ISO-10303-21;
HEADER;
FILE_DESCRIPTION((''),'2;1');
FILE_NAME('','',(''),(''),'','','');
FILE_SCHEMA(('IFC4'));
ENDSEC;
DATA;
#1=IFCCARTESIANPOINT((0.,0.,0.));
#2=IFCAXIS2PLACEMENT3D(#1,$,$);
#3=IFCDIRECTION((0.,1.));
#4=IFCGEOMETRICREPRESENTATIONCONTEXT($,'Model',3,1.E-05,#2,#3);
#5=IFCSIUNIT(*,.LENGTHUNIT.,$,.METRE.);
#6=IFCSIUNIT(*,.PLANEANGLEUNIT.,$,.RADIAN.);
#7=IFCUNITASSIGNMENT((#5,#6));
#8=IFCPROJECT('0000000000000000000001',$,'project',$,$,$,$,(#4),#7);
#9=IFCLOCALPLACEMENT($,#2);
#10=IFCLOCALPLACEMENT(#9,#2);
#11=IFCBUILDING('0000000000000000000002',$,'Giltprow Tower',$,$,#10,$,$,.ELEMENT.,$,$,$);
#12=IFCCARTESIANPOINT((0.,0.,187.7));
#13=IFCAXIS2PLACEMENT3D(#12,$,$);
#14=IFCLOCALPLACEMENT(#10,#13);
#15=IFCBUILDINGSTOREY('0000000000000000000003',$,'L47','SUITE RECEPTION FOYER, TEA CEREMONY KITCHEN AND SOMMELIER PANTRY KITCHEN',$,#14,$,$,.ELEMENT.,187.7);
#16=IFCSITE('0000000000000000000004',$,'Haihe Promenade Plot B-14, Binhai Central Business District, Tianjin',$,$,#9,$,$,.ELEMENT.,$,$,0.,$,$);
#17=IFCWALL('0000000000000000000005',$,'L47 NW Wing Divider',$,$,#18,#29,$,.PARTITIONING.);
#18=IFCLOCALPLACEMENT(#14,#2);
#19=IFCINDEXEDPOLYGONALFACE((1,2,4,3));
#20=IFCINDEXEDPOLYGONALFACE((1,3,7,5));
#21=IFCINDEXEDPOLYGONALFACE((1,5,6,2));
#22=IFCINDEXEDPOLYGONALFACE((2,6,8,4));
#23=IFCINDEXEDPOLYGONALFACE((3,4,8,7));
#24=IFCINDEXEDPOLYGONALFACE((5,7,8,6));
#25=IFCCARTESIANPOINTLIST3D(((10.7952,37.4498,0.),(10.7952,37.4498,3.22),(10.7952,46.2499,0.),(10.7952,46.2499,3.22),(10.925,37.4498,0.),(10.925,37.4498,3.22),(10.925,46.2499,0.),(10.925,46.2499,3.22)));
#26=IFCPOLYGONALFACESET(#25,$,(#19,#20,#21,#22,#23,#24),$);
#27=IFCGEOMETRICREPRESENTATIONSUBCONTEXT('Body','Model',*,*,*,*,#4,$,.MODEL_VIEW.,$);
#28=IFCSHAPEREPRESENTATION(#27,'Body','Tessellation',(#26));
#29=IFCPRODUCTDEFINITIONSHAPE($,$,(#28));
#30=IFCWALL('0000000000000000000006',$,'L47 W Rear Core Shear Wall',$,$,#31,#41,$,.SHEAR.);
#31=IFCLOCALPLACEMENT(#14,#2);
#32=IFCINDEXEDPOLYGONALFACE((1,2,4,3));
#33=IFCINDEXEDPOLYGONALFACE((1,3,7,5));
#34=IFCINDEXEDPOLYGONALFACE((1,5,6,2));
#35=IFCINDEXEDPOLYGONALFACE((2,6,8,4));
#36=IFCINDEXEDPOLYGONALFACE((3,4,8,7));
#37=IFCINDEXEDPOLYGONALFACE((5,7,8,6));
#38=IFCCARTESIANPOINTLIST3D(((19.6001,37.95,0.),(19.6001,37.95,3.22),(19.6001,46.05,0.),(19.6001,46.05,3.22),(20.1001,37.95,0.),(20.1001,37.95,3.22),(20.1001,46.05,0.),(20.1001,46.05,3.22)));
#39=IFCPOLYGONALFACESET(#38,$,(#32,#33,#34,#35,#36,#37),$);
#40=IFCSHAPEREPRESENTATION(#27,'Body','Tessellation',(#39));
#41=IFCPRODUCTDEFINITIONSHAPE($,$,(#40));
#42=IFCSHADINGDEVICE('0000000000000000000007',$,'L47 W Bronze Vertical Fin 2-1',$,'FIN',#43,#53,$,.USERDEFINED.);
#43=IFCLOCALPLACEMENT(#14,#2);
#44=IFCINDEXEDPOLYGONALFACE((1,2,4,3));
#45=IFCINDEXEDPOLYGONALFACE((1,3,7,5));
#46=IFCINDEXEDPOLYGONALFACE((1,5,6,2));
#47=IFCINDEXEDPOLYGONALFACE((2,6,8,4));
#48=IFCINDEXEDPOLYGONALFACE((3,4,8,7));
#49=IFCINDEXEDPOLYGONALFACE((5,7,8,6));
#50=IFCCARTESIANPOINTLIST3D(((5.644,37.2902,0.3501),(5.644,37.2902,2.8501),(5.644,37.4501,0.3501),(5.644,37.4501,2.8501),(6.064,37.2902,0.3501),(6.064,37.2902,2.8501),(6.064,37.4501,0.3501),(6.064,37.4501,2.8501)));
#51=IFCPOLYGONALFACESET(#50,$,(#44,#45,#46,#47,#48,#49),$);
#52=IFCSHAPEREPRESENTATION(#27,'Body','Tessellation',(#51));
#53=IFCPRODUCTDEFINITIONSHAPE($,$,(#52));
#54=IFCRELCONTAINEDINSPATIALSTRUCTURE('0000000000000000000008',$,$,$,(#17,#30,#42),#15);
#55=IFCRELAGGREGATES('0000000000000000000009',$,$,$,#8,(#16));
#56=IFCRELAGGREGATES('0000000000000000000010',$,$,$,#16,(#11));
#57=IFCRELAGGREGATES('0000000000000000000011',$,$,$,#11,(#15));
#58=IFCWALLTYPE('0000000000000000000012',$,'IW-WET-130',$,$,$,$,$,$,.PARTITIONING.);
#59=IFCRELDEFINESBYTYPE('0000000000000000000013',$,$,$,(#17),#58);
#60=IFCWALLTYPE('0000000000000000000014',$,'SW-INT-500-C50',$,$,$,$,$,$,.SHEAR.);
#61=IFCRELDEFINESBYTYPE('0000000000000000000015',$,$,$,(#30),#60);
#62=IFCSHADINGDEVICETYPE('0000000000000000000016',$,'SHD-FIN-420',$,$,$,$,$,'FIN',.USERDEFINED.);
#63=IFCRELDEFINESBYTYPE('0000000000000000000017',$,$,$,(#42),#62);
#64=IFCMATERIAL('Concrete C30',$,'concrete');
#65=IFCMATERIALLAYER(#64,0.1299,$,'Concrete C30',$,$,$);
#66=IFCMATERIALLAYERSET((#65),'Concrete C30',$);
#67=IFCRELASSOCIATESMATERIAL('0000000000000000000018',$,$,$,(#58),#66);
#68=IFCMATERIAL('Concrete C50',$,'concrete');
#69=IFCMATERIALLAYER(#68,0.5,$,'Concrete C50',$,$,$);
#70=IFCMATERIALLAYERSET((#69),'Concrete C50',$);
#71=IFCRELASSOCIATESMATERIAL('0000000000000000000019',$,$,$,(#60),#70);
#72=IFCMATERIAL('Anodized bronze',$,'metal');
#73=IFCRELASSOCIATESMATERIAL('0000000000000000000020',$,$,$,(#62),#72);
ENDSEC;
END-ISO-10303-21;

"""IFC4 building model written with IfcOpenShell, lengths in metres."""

from ifc_helpers import new_model, si_unit, direction, frame, frame_2d, origin, origin_2d, place, context, subcontext, project, spatial, rectangle, extrude, source, transform, mapped, material, layer, layer_set, type_object, element, save


model = new_model("IFC4")

# Units and contexts
model_context = context("Model", 3, precision=1e-05, world=origin(), true_north=direction((0.0, 1.0)))
body_context = subcontext(model_context, "Body", "Model", "MODEL_VIEW")
ifc_project = project(units=[si_unit("LENGTHUNIT", "METRE"), si_unit("PLANEANGLEUNIT", "RADIAN")], contexts=[model_context])

# Site, building, storey
site_placement = place(None, origin())
site = spatial("IfcSite", under=ifc_project, at=site_placement, Name="Haihe Promenade Plot B-14, Binhai Central Business District, Tianjin", CompositionType="ELEMENT", RefElevation=0.0)
building_placement = place(site_placement, origin())
building = spatial("IfcBuilding", under=site, at=building_placement, Name="Giltprow Tower", CompositionType="ELEMENT")
storey_placement = place(building_placement, frame((0.0, 0.0, 187.7)))
storey = spatial("IfcBuildingStorey", under=building, at=storey_placement, Name="L47", Description="SUITE RECEPTION FOYER, TEA CEREMONY KITCHEN AND SOMMELIER PANTRY KITCHEN", CompositionType="ELEMENT", Elevation=187.7)

# Shared definitions
ifc_material_1 = material(Name="Concrete C50", Category="concrete")

# Shared definitions
ifc_material_2 = material(Name="Concrete C30", Category="concrete")
ifc_layer_1 = layer(ifc_material_2, 0.1299, Name="Concrete C30")
ifc_layer_set_1 = layer_set([ifc_layer_1], Name="Concrete C30")
wall_type_1 = type_object("IfcWallType", Name="IW-WET-130", PredefinedType="PARTITIONING", material=ifc_layer_set_1)

# Walls
wall_1_placement = place(storey_placement, frame((10.8601, 37.45, 0.0), z_axis=(0.0, 0.0, 1.0), x_axis=(0.0, 1.0, 0.0)))
element("IfcWall", 1, at=wall_1_placement, inside=storey, type_object=wall_type_1, Name="L47 NW Wing Divider", PredefinedType="PARTITIONING", context=body_context, shape_type="SweptSolid", body=[
    extrude(rectangle(XDim=8.8, YDim=0.1299, at=frame_2d((4.3999, 0.0))), origin(), (0.0, 0.0, 1.0), 3.22),
])
ifc_layer_2 = layer(ifc_material_1, 0.5, Name="Concrete C50")
ifc_layer_set_2 = layer_set([ifc_layer_2], Name="Concrete C50")
wall_type_2 = type_object("IfcWallType", Name="SW-INT-500-C50", PredefinedType="SHEAR", material=ifc_layer_set_2)
wall_2_placement = place(storey_placement, frame((19.8501, 37.95, 0.0), z_axis=(0.0, 0.0, 1.0), x_axis=(0.0, 1.0, 0.0)))
element("IfcWall", 2, at=wall_2_placement, inside=storey, type_object=wall_type_2, Name="L47 W Rear Core Shear Wall", PredefinedType="SHEAR", context=body_context, shape_type="SweptSolid", body=[
    extrude(rectangle(XDim=8.1001, YDim=0.5, at=frame_2d((4.05, 0.0))), origin(), (0.0, 0.0, 1.0), 3.22),
])

# Shading device
ifc_material_3 = material(Name="Anodized bronze", Category="metal")
shading_device_type = type_object("IfcShadingDeviceType", Name="SHD-FIN-420", ElementType="FIN", PredefinedType="USERDEFINED", material=ifc_material_3)
shared_shape_1 = source(origin(), body_context, "Body", "SweptSolid", [
    extrude(rectangle(XDim=0.4199, YDim=0.1599, at=origin_2d()), origin(), (0.0, 0.0, 1.0), 2.5),
])
shading_device_placement = place(storey_placement, frame((5.854, 37.3701, 0.3501), z_axis=(0.0, 0.0, 1.0), x_axis=(1.0, 0.0, 0.0)))
element("IfcShadingDevice", 3, at=shading_device_placement, inside=storey, type_object=shading_device_type, Name="L47 W Bronze Vertical Fin 2-1", ObjectType="FIN", PredefinedType="USERDEFINED", context=body_context, shape_type="MappedRepresentation", body=[
    mapped(shared_shape_1, transform((0.0, 0.0, 0.0), x_axis=(1.0, 0.0, 0.0), y_axis=(0.0, 1.0, 0.0), z_axis=(0.0, 0.0, 1.0), scale=1.0)),
])

save(model, "model.ifc")
